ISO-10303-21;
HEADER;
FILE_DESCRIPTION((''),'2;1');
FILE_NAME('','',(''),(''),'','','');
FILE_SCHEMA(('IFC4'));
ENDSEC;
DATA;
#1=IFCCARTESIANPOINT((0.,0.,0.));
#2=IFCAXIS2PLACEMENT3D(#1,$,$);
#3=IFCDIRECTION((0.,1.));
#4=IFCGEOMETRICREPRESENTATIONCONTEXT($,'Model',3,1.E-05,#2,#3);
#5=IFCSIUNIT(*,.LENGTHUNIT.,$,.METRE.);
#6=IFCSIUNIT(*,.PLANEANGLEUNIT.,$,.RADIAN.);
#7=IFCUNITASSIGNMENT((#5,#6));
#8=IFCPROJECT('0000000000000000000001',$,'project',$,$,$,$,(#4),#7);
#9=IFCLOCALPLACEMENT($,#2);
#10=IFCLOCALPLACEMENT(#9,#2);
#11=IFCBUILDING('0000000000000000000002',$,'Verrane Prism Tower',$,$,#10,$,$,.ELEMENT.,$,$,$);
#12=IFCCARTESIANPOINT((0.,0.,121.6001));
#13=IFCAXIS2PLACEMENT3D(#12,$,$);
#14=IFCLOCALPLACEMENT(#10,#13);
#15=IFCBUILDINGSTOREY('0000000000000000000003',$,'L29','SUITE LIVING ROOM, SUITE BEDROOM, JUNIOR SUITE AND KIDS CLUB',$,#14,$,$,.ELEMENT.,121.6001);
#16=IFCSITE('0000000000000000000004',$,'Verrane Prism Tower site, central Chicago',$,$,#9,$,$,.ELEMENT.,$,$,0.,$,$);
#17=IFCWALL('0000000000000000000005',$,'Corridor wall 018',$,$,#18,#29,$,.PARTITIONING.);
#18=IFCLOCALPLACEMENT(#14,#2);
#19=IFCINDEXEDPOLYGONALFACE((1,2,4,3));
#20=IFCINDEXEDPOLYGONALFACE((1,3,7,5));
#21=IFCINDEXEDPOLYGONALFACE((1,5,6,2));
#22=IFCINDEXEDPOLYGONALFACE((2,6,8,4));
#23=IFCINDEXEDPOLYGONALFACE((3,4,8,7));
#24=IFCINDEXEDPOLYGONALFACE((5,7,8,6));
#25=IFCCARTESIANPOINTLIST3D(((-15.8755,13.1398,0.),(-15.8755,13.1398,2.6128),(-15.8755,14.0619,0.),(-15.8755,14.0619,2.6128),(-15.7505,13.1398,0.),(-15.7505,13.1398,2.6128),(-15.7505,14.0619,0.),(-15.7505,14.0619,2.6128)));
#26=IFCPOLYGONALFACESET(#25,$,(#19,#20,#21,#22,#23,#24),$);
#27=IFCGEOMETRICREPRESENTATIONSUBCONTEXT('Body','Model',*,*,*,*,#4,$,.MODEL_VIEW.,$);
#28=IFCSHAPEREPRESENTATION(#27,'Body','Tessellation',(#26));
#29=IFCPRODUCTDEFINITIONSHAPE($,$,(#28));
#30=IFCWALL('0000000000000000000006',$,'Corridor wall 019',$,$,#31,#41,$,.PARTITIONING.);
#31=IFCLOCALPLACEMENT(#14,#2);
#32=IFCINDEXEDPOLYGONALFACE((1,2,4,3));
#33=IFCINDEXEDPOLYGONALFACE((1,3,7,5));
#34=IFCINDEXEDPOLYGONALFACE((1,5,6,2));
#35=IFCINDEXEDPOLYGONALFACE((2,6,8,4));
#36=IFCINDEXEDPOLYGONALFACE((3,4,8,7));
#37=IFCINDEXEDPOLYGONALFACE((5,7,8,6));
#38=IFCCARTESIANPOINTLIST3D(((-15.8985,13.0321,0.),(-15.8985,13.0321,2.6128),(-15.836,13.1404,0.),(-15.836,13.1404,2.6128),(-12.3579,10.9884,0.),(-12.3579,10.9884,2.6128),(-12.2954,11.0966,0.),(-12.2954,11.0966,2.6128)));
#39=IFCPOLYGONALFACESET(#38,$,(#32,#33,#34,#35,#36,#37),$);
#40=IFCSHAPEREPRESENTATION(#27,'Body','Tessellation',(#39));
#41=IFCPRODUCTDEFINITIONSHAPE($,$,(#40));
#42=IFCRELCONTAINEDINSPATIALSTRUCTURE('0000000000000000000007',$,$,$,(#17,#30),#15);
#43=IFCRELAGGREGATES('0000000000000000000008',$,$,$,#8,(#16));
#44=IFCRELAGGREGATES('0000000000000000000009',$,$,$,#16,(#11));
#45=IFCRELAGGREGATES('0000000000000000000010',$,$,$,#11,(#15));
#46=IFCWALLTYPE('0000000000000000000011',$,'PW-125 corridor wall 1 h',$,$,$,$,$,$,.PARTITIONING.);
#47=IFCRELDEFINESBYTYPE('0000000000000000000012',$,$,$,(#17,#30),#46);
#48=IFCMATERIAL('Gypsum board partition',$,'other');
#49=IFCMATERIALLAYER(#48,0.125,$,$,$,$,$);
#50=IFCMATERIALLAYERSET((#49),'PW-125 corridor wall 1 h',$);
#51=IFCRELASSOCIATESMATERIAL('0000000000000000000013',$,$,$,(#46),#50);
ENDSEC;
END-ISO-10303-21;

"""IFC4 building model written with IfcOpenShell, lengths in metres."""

from ifc_helpers import new_model, si_unit, direction, frame, frame_2d, origin, place, context, subcontext, project, spatial, rectangle, extrude, material, layer, layer_set, type_object, element, save


model = new_model("IFC4")

# Units and contexts
model_context = context("Model", 3, precision=1e-05, world=origin(), true_north=direction((0.0, 1.0)))
body_context = subcontext(model_context, "Body", "Model", "MODEL_VIEW")
ifc_project = project(units=[si_unit("LENGTHUNIT", "METRE"), si_unit("PLANEANGLEUNIT", "RADIAN")], contexts=[model_context])

# Site, building, storey
site_placement = place(None, origin())
site = spatial("IfcSite", under=ifc_project, at=site_placement, Name="Verrane Prism Tower site, central Chicago", CompositionType="ELEMENT", RefElevation=0.0)
building_placement = place(site_placement, origin())
building = spatial("IfcBuilding", under=site, at=building_placement, Name="Verrane Prism Tower", CompositionType="ELEMENT")
storey_placement = place(building_placement, frame((0.0, 0.0, 121.6001)))
storey = spatial("IfcBuildingStorey", under=building, at=storey_placement, Name="L29", Description="SUITE LIVING ROOM, SUITE BEDROOM, JUNIOR SUITE AND KIDS CLUB", CompositionType="ELEMENT", Elevation=121.6001)

# Shared definitions
ifc_material_1 = material(Name="Gypsum board partition", Category="other")
ifc_layer_1 = layer(ifc_material_1, 0.125)
ifc_layer_set_1 = layer_set([ifc_layer_1], Name="PW-125 corridor wall 1 h")
wall_type_1 = type_object("IfcWallType", Name="PW-125 corridor wall 1 h", PredefinedType="PARTITIONING", material=ifc_layer_set_1)

# Walls
wall_1_placement = place(storey_placement, frame((-15.813, 13.1399, 0.0), z_axis=(0.0, 0.0, 1.0), x_axis=(0.0, 1.0, 0.0)))
element("IfcWall", 1, at=wall_1_placement, inside=storey, type_object=wall_type_1, Name="Corridor wall 018", PredefinedType="PARTITIONING", context=body_context, shape_type="SweptSolid", body=[
    extrude(rectangle(XDim=0.9221, YDim=0.125, at=frame_2d((0.4609, 0.0))), origin(), (0.0, 0.0, 1.0), 2.6128),
])
wall_2_placement = place(storey_placement, frame((-15.8672, 13.0862, 0.0), z_axis=(0.0, 0.0, 1.0), x_axis=(0.86607, -0.499922, 0.0)))
element("IfcWall", 2, at=wall_2_placement, inside=storey, type_object=wall_type_1, Name="Corridor wall 019", PredefinedType="PARTITIONING", context=body_context, shape_type="SweptSolid", body=[
    extrude(rectangle(XDim=4.0881, YDim=0.125, at=frame_2d((2.0439, 0.0))), origin(), (0.0, 0.0, 1.0), 2.6128),
])

save(model, "model.ifc")
